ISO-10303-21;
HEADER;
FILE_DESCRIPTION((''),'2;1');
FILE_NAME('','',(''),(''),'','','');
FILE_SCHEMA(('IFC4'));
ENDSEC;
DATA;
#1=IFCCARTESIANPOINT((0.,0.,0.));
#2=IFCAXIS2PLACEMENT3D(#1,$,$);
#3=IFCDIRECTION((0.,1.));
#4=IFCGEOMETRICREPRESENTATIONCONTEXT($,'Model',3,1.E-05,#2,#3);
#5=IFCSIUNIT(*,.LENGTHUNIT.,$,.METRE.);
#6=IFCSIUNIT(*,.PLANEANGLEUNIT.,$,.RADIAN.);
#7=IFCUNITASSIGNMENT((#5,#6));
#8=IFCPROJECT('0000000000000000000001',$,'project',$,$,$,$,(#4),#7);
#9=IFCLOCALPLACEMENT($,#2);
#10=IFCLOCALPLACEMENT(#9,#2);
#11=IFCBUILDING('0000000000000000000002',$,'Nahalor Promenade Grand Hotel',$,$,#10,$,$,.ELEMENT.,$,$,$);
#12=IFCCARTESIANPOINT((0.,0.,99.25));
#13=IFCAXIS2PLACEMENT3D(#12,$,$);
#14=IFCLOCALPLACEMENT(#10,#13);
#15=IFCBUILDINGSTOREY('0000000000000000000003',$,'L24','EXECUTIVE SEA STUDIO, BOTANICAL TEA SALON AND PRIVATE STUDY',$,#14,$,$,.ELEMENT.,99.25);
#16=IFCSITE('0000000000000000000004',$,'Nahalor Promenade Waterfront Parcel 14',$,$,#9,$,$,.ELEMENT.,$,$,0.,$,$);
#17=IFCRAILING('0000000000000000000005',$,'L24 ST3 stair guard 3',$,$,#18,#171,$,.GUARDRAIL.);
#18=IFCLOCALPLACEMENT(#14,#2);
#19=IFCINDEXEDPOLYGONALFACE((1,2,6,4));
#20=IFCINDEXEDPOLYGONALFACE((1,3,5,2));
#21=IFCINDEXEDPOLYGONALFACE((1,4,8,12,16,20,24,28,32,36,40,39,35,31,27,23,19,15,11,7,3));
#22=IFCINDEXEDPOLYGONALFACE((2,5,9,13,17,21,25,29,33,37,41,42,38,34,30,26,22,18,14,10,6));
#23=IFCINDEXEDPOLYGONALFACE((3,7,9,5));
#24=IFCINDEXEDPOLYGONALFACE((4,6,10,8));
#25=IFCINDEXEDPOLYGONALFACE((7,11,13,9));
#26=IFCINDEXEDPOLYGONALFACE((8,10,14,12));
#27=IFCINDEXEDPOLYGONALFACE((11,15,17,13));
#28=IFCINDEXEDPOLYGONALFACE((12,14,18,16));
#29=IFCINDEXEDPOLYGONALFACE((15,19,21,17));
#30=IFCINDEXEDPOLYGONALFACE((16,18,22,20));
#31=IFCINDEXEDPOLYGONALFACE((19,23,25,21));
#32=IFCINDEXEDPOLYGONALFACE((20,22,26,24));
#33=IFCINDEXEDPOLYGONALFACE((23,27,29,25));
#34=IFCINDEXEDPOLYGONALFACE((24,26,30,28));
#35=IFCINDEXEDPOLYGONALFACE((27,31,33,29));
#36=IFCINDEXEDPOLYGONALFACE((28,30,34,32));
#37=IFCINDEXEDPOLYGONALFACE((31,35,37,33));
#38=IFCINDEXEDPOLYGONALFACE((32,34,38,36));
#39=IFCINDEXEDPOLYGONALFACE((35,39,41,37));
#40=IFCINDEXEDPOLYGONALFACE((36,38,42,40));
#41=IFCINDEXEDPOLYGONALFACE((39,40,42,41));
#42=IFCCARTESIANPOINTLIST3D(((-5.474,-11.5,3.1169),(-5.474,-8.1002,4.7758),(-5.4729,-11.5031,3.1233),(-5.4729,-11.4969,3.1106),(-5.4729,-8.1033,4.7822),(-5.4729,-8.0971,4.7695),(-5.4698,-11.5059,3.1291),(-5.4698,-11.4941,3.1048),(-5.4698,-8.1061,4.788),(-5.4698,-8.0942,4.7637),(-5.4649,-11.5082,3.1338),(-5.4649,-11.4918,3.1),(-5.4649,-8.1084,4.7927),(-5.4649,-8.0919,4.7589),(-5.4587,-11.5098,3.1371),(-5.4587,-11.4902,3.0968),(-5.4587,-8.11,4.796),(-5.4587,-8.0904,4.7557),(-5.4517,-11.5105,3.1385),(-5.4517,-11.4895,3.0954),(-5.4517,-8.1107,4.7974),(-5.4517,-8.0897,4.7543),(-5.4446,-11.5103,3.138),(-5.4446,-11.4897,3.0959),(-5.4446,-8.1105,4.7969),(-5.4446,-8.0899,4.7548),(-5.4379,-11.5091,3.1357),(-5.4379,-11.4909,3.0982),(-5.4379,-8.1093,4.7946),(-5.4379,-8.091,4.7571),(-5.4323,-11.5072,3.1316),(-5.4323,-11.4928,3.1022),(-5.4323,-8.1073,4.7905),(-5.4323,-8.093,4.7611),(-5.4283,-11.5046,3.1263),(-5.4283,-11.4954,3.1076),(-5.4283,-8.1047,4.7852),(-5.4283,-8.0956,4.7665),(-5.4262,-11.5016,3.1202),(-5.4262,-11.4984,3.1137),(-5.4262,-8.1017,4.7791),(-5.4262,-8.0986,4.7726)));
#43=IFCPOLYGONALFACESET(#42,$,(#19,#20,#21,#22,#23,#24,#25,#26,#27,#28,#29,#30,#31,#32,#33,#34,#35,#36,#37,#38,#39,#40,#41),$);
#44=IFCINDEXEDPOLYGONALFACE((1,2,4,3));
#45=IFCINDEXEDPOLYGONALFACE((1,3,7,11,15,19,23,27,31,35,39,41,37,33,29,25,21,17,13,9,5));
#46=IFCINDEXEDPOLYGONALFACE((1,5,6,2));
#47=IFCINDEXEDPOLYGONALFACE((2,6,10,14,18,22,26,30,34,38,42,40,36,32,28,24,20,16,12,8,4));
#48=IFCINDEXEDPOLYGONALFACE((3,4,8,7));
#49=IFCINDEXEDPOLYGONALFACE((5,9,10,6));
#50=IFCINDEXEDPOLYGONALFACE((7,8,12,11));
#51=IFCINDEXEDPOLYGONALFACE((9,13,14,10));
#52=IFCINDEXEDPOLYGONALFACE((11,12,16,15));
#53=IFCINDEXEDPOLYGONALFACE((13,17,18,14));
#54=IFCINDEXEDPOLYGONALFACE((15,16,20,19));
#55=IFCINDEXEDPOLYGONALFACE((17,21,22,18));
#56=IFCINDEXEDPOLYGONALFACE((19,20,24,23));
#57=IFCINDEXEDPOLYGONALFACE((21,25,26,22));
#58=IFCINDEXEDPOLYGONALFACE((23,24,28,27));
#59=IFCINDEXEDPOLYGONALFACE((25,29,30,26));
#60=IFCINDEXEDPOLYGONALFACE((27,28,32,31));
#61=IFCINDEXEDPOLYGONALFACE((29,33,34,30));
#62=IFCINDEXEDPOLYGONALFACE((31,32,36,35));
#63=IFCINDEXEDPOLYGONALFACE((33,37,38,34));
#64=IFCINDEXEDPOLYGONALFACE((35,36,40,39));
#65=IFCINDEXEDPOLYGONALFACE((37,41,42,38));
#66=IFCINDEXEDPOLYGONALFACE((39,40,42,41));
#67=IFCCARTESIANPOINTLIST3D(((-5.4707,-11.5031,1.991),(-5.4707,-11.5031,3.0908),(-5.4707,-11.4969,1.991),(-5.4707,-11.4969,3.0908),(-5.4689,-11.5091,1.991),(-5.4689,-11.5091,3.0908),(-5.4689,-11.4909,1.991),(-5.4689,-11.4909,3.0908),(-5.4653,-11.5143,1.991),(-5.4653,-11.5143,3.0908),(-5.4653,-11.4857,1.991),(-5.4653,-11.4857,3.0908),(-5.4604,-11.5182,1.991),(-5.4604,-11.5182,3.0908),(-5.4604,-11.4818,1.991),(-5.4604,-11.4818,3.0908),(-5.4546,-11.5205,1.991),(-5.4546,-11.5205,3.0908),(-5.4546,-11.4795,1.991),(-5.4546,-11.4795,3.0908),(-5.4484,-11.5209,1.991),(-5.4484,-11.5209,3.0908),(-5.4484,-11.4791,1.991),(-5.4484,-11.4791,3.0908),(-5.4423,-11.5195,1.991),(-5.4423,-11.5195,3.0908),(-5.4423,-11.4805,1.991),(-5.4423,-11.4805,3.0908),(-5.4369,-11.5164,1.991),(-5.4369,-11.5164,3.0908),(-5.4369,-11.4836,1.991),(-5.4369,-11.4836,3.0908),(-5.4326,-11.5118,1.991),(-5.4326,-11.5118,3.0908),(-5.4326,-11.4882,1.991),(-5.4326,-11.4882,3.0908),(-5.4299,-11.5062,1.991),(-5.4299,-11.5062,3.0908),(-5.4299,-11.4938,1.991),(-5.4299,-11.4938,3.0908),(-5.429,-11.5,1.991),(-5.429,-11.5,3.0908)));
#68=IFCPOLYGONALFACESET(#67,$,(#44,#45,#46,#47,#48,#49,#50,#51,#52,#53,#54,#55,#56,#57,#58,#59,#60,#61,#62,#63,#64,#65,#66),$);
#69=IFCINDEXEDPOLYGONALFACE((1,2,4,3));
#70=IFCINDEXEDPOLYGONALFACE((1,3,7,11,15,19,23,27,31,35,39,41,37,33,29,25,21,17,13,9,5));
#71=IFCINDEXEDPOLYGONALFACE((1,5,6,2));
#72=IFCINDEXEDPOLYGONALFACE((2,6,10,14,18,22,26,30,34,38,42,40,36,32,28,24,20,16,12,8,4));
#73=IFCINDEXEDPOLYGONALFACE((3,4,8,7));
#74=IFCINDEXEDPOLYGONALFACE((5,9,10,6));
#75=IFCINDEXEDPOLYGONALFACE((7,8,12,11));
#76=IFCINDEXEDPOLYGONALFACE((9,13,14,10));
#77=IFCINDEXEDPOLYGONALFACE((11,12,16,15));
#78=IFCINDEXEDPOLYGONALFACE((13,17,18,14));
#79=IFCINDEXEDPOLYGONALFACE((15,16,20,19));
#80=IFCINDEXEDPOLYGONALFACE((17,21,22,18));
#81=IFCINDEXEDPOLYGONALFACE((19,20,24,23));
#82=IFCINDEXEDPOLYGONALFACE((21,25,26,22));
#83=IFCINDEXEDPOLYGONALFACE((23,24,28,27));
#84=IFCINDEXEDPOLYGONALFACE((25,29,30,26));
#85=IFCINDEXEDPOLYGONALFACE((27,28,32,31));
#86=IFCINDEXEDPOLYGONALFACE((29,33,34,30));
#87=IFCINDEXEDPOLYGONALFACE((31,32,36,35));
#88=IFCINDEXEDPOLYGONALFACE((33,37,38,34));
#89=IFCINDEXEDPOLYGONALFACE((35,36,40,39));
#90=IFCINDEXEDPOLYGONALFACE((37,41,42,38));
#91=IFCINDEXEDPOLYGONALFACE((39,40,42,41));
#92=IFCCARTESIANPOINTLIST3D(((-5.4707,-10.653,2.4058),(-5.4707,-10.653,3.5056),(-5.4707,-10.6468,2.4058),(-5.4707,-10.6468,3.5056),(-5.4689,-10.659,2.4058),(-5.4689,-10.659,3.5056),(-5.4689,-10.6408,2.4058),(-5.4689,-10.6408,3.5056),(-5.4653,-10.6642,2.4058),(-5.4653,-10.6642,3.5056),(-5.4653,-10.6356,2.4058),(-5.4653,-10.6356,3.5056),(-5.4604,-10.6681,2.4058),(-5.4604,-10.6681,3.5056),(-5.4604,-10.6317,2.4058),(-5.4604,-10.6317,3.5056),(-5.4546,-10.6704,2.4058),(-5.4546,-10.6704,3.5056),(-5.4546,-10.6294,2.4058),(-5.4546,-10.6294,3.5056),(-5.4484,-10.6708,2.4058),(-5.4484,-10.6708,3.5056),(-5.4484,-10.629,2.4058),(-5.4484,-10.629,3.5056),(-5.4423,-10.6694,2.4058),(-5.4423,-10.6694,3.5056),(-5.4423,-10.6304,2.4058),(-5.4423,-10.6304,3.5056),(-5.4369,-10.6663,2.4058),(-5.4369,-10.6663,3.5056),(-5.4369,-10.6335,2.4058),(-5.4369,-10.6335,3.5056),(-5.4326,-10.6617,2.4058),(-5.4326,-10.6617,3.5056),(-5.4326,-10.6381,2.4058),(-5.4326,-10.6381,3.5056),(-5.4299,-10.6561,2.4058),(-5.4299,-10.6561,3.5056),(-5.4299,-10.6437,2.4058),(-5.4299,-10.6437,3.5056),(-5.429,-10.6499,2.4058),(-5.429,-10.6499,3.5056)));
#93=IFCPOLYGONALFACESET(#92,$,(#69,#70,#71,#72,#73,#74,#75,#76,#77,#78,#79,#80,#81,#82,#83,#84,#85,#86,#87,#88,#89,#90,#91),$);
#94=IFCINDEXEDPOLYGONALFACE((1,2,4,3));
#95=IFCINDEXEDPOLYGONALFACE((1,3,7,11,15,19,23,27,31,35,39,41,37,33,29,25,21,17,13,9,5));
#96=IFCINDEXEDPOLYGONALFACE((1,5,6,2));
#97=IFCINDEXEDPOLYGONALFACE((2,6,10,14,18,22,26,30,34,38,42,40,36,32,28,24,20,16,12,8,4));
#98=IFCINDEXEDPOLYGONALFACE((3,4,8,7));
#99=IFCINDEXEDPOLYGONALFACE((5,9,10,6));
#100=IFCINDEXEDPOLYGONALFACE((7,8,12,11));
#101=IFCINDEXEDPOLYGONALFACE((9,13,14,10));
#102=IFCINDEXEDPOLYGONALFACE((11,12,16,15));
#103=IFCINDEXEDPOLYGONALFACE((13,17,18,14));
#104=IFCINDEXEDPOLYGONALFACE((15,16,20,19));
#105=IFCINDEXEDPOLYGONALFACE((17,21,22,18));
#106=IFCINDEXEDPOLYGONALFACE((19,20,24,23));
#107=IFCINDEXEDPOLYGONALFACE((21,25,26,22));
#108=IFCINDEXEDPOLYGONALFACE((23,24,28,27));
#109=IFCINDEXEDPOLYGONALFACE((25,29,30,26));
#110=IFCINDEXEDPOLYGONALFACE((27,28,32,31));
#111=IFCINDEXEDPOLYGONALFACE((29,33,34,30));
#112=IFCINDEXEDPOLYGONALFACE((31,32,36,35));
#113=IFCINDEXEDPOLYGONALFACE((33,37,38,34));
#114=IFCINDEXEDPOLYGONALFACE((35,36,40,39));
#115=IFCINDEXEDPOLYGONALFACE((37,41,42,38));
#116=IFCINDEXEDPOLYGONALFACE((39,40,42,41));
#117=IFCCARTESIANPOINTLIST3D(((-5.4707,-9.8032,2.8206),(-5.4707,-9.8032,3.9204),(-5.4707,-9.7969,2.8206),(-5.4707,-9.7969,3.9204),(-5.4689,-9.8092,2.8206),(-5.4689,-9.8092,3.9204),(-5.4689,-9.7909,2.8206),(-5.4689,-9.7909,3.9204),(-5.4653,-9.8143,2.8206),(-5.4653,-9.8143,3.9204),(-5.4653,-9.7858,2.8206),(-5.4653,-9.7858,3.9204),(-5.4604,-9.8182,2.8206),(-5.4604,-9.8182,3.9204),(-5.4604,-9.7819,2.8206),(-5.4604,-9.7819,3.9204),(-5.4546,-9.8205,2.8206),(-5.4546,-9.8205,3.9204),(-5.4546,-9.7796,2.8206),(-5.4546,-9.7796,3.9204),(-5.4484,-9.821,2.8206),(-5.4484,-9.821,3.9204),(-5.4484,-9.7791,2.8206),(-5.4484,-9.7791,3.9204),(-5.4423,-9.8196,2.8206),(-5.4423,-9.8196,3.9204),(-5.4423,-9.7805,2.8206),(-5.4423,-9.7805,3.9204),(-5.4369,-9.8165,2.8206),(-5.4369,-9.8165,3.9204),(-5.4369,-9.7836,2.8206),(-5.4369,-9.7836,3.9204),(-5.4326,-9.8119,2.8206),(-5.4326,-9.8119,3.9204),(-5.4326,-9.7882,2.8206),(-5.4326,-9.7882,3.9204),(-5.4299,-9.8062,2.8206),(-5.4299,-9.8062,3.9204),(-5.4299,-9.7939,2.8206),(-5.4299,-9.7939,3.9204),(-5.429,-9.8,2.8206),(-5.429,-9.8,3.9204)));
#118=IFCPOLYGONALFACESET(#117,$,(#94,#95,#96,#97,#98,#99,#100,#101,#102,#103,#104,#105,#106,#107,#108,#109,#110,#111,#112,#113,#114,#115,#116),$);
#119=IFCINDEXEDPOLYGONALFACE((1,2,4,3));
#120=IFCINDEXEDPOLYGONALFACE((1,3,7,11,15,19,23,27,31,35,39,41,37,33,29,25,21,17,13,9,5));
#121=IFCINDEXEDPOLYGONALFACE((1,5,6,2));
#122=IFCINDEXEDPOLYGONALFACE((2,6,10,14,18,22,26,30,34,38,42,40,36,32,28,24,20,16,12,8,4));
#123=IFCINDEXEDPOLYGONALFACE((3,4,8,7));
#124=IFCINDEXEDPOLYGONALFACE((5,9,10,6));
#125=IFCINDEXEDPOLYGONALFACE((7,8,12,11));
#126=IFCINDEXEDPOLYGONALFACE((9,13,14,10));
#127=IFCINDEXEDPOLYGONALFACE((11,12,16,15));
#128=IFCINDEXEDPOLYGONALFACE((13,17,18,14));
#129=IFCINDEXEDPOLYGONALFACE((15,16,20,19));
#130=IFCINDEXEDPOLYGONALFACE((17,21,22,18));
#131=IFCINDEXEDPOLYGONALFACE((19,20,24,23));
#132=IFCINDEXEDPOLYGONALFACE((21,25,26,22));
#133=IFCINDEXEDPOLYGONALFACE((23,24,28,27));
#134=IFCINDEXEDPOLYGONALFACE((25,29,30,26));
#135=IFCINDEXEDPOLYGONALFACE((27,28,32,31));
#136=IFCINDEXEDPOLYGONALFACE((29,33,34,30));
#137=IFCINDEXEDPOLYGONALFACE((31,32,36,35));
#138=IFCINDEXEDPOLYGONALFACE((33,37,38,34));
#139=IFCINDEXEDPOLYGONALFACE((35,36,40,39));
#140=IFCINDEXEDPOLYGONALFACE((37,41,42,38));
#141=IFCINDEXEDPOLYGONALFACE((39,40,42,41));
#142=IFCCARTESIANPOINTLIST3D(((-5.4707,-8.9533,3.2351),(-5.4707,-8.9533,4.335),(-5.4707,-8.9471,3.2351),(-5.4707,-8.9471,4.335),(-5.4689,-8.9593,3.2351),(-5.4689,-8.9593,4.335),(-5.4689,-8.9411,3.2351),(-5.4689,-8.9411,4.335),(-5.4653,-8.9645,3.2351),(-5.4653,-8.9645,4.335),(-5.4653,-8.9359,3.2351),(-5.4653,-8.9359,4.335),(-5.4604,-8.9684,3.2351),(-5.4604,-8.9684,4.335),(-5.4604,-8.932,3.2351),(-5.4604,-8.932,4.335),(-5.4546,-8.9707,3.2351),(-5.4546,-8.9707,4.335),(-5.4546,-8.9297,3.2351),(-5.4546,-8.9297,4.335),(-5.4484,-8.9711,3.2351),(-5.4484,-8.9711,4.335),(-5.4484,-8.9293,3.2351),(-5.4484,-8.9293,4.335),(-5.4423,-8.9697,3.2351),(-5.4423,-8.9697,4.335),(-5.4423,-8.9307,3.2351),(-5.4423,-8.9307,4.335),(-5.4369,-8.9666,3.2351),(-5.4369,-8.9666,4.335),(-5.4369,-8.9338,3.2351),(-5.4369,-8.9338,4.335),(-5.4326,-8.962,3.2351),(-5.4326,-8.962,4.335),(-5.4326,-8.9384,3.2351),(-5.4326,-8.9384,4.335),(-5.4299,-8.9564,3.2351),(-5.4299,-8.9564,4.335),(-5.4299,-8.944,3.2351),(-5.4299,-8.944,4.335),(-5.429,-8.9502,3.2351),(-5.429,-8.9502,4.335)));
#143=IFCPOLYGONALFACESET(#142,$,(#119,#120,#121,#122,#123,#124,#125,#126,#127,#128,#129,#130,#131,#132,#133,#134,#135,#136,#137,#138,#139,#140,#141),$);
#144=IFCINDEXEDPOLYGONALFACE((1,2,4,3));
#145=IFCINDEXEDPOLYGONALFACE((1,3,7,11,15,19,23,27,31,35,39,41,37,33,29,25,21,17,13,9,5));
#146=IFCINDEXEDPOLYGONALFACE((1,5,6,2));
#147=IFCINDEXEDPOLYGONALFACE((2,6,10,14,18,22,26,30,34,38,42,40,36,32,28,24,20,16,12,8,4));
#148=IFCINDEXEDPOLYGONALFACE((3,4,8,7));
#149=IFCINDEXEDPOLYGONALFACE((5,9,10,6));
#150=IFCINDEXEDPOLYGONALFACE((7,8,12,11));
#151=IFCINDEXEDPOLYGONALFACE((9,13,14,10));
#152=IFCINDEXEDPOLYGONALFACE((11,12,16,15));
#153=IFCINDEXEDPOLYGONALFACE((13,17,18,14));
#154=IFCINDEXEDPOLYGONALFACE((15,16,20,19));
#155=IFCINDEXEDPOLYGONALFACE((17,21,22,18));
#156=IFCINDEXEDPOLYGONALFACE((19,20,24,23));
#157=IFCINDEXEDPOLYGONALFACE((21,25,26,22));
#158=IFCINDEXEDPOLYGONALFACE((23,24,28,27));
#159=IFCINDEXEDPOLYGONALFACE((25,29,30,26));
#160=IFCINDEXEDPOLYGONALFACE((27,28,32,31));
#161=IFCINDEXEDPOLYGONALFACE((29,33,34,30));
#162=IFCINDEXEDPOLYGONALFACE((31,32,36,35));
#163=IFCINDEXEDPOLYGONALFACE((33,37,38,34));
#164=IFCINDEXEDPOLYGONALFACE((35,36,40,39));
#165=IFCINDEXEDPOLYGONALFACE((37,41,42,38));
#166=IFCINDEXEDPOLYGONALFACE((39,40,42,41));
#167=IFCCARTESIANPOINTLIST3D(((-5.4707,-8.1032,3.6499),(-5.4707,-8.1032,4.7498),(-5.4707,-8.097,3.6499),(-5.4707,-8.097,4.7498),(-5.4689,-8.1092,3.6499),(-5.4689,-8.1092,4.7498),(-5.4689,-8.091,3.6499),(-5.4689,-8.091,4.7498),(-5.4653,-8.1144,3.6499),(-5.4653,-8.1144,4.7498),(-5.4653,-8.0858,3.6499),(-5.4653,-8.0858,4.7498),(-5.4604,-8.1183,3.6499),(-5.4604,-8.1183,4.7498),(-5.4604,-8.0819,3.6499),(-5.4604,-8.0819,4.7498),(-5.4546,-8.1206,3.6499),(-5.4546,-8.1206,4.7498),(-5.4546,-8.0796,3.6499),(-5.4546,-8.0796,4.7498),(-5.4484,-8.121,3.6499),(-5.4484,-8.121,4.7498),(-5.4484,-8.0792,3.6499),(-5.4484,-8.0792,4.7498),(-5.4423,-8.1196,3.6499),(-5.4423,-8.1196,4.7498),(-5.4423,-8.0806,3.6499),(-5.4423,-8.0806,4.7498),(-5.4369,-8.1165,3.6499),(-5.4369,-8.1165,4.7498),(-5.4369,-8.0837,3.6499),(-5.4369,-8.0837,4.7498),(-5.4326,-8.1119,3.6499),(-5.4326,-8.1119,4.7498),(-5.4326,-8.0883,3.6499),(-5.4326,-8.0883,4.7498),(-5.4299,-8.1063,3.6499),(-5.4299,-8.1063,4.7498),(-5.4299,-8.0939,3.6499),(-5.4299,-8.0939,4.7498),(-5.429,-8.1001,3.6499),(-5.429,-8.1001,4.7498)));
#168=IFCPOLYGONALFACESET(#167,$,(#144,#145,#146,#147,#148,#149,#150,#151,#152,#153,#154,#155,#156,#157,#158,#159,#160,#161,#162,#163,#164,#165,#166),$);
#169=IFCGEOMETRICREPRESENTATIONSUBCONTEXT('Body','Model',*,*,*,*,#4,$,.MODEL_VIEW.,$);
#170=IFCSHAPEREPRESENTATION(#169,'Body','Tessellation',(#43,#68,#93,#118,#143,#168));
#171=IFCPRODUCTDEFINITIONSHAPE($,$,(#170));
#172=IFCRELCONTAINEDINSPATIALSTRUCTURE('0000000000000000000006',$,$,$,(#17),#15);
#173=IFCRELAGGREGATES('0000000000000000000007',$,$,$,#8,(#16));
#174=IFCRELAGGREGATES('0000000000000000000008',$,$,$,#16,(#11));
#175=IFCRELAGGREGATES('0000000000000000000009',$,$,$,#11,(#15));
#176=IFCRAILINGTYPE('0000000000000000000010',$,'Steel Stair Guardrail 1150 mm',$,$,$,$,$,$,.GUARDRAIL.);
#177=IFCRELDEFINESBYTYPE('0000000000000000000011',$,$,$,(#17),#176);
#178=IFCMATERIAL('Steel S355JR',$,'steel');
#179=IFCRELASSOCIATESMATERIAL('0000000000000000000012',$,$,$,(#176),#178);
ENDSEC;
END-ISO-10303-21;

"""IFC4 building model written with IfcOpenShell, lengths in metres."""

from ifc_helpers import new_model, si_unit, direction, frame, origin, origin_2d, place, context, subcontext, project, spatial, circle, extrude, material, type_object, element, save


model = new_model("IFC4")

# Units and contexts
model_context = context("Model", 3, precision=1e-05, world=origin(), true_north=direction((0.0, 1.0)))
body_context = subcontext(model_context, "Body", "Model", "MODEL_VIEW")
ifc_project = project(units=[si_unit("LENGTHUNIT", "METRE"), si_unit("PLANEANGLEUNIT", "RADIAN")], contexts=[model_context])

# Site, building, storey
site_placement = place(None, origin())
site = spatial("IfcSite", under=ifc_project, at=site_placement, Name="Nahalor Promenade Waterfront Parcel 14", CompositionType="ELEMENT", RefElevation=0.0)
building_placement = place(site_placement, origin())
building = spatial("IfcBuilding", under=site, at=building_placement, Name="Nahalor Promenade Grand Hotel", CompositionType="ELEMENT")
storey_placement = place(building_placement, frame((0.0, 0.0, 99.25)))
storey = spatial("IfcBuildingStorey", under=building, at=storey_placement, Name="L24", Description="EXECUTIVE SEA STUDIO, BOTANICAL TEA SALON AND PRIVATE STUDY", CompositionType="ELEMENT", Elevation=99.25)

# Shared definitions
ifc_material_1 = material(Name="Steel S355JR", Category="steel")

# Railing
railing_type_1 = type_object("IfcRailingType", Name="Steel Stair Guardrail 1150 mm", PredefinedType="GUARDRAIL", material=ifc_material_1)
railing_1_placement = place(storey_placement, frame((-5.45, -11.5, 1.991)))
element("IfcRailing", 1, at=railing_1_placement, inside=storey, type_object=railing_type_1, Name="L24 ST3 stair guard 3", PredefinedType="GUARDRAIL", context=body_context, shape_type="SweptSolid", body=[
    extrude(circle(Radius=0.024, at=origin_2d()), frame((0.0, 0.0, 1.126), z_axis=(0.0, 0.898722, 0.438519), x_axis=(-1.0, 0.0, 0.0)), (0.0, 0.0, 1.0), 3.783),
    extrude(circle(Radius=0.021, at=origin_2d()), origin(), (0.0, 0.0, 1.0), 1.0999),
    extrude(circle(Radius=0.021, at=origin_2d()), frame((0.0, 0.8501, 0.4148)), (0.0, 0.0, 1.0), 1.0999),
    extrude(circle(Radius=0.021, at=origin_2d()), frame((0.0, 1.7, 0.8296)), (0.0, 0.0, 1.0), 1.0999),
    extrude(circle(Radius=0.021, at=origin_2d()), frame((0.0, 2.5498, 1.2441)), (0.0, 0.0, 1.0), 1.0999),
    extrude(circle(Radius=0.021, at=origin_2d()), frame((0.0, 3.3999, 1.6589)), (0.0, 0.0, 1.0), 1.0999),
])

save(model, "model.ifc")
